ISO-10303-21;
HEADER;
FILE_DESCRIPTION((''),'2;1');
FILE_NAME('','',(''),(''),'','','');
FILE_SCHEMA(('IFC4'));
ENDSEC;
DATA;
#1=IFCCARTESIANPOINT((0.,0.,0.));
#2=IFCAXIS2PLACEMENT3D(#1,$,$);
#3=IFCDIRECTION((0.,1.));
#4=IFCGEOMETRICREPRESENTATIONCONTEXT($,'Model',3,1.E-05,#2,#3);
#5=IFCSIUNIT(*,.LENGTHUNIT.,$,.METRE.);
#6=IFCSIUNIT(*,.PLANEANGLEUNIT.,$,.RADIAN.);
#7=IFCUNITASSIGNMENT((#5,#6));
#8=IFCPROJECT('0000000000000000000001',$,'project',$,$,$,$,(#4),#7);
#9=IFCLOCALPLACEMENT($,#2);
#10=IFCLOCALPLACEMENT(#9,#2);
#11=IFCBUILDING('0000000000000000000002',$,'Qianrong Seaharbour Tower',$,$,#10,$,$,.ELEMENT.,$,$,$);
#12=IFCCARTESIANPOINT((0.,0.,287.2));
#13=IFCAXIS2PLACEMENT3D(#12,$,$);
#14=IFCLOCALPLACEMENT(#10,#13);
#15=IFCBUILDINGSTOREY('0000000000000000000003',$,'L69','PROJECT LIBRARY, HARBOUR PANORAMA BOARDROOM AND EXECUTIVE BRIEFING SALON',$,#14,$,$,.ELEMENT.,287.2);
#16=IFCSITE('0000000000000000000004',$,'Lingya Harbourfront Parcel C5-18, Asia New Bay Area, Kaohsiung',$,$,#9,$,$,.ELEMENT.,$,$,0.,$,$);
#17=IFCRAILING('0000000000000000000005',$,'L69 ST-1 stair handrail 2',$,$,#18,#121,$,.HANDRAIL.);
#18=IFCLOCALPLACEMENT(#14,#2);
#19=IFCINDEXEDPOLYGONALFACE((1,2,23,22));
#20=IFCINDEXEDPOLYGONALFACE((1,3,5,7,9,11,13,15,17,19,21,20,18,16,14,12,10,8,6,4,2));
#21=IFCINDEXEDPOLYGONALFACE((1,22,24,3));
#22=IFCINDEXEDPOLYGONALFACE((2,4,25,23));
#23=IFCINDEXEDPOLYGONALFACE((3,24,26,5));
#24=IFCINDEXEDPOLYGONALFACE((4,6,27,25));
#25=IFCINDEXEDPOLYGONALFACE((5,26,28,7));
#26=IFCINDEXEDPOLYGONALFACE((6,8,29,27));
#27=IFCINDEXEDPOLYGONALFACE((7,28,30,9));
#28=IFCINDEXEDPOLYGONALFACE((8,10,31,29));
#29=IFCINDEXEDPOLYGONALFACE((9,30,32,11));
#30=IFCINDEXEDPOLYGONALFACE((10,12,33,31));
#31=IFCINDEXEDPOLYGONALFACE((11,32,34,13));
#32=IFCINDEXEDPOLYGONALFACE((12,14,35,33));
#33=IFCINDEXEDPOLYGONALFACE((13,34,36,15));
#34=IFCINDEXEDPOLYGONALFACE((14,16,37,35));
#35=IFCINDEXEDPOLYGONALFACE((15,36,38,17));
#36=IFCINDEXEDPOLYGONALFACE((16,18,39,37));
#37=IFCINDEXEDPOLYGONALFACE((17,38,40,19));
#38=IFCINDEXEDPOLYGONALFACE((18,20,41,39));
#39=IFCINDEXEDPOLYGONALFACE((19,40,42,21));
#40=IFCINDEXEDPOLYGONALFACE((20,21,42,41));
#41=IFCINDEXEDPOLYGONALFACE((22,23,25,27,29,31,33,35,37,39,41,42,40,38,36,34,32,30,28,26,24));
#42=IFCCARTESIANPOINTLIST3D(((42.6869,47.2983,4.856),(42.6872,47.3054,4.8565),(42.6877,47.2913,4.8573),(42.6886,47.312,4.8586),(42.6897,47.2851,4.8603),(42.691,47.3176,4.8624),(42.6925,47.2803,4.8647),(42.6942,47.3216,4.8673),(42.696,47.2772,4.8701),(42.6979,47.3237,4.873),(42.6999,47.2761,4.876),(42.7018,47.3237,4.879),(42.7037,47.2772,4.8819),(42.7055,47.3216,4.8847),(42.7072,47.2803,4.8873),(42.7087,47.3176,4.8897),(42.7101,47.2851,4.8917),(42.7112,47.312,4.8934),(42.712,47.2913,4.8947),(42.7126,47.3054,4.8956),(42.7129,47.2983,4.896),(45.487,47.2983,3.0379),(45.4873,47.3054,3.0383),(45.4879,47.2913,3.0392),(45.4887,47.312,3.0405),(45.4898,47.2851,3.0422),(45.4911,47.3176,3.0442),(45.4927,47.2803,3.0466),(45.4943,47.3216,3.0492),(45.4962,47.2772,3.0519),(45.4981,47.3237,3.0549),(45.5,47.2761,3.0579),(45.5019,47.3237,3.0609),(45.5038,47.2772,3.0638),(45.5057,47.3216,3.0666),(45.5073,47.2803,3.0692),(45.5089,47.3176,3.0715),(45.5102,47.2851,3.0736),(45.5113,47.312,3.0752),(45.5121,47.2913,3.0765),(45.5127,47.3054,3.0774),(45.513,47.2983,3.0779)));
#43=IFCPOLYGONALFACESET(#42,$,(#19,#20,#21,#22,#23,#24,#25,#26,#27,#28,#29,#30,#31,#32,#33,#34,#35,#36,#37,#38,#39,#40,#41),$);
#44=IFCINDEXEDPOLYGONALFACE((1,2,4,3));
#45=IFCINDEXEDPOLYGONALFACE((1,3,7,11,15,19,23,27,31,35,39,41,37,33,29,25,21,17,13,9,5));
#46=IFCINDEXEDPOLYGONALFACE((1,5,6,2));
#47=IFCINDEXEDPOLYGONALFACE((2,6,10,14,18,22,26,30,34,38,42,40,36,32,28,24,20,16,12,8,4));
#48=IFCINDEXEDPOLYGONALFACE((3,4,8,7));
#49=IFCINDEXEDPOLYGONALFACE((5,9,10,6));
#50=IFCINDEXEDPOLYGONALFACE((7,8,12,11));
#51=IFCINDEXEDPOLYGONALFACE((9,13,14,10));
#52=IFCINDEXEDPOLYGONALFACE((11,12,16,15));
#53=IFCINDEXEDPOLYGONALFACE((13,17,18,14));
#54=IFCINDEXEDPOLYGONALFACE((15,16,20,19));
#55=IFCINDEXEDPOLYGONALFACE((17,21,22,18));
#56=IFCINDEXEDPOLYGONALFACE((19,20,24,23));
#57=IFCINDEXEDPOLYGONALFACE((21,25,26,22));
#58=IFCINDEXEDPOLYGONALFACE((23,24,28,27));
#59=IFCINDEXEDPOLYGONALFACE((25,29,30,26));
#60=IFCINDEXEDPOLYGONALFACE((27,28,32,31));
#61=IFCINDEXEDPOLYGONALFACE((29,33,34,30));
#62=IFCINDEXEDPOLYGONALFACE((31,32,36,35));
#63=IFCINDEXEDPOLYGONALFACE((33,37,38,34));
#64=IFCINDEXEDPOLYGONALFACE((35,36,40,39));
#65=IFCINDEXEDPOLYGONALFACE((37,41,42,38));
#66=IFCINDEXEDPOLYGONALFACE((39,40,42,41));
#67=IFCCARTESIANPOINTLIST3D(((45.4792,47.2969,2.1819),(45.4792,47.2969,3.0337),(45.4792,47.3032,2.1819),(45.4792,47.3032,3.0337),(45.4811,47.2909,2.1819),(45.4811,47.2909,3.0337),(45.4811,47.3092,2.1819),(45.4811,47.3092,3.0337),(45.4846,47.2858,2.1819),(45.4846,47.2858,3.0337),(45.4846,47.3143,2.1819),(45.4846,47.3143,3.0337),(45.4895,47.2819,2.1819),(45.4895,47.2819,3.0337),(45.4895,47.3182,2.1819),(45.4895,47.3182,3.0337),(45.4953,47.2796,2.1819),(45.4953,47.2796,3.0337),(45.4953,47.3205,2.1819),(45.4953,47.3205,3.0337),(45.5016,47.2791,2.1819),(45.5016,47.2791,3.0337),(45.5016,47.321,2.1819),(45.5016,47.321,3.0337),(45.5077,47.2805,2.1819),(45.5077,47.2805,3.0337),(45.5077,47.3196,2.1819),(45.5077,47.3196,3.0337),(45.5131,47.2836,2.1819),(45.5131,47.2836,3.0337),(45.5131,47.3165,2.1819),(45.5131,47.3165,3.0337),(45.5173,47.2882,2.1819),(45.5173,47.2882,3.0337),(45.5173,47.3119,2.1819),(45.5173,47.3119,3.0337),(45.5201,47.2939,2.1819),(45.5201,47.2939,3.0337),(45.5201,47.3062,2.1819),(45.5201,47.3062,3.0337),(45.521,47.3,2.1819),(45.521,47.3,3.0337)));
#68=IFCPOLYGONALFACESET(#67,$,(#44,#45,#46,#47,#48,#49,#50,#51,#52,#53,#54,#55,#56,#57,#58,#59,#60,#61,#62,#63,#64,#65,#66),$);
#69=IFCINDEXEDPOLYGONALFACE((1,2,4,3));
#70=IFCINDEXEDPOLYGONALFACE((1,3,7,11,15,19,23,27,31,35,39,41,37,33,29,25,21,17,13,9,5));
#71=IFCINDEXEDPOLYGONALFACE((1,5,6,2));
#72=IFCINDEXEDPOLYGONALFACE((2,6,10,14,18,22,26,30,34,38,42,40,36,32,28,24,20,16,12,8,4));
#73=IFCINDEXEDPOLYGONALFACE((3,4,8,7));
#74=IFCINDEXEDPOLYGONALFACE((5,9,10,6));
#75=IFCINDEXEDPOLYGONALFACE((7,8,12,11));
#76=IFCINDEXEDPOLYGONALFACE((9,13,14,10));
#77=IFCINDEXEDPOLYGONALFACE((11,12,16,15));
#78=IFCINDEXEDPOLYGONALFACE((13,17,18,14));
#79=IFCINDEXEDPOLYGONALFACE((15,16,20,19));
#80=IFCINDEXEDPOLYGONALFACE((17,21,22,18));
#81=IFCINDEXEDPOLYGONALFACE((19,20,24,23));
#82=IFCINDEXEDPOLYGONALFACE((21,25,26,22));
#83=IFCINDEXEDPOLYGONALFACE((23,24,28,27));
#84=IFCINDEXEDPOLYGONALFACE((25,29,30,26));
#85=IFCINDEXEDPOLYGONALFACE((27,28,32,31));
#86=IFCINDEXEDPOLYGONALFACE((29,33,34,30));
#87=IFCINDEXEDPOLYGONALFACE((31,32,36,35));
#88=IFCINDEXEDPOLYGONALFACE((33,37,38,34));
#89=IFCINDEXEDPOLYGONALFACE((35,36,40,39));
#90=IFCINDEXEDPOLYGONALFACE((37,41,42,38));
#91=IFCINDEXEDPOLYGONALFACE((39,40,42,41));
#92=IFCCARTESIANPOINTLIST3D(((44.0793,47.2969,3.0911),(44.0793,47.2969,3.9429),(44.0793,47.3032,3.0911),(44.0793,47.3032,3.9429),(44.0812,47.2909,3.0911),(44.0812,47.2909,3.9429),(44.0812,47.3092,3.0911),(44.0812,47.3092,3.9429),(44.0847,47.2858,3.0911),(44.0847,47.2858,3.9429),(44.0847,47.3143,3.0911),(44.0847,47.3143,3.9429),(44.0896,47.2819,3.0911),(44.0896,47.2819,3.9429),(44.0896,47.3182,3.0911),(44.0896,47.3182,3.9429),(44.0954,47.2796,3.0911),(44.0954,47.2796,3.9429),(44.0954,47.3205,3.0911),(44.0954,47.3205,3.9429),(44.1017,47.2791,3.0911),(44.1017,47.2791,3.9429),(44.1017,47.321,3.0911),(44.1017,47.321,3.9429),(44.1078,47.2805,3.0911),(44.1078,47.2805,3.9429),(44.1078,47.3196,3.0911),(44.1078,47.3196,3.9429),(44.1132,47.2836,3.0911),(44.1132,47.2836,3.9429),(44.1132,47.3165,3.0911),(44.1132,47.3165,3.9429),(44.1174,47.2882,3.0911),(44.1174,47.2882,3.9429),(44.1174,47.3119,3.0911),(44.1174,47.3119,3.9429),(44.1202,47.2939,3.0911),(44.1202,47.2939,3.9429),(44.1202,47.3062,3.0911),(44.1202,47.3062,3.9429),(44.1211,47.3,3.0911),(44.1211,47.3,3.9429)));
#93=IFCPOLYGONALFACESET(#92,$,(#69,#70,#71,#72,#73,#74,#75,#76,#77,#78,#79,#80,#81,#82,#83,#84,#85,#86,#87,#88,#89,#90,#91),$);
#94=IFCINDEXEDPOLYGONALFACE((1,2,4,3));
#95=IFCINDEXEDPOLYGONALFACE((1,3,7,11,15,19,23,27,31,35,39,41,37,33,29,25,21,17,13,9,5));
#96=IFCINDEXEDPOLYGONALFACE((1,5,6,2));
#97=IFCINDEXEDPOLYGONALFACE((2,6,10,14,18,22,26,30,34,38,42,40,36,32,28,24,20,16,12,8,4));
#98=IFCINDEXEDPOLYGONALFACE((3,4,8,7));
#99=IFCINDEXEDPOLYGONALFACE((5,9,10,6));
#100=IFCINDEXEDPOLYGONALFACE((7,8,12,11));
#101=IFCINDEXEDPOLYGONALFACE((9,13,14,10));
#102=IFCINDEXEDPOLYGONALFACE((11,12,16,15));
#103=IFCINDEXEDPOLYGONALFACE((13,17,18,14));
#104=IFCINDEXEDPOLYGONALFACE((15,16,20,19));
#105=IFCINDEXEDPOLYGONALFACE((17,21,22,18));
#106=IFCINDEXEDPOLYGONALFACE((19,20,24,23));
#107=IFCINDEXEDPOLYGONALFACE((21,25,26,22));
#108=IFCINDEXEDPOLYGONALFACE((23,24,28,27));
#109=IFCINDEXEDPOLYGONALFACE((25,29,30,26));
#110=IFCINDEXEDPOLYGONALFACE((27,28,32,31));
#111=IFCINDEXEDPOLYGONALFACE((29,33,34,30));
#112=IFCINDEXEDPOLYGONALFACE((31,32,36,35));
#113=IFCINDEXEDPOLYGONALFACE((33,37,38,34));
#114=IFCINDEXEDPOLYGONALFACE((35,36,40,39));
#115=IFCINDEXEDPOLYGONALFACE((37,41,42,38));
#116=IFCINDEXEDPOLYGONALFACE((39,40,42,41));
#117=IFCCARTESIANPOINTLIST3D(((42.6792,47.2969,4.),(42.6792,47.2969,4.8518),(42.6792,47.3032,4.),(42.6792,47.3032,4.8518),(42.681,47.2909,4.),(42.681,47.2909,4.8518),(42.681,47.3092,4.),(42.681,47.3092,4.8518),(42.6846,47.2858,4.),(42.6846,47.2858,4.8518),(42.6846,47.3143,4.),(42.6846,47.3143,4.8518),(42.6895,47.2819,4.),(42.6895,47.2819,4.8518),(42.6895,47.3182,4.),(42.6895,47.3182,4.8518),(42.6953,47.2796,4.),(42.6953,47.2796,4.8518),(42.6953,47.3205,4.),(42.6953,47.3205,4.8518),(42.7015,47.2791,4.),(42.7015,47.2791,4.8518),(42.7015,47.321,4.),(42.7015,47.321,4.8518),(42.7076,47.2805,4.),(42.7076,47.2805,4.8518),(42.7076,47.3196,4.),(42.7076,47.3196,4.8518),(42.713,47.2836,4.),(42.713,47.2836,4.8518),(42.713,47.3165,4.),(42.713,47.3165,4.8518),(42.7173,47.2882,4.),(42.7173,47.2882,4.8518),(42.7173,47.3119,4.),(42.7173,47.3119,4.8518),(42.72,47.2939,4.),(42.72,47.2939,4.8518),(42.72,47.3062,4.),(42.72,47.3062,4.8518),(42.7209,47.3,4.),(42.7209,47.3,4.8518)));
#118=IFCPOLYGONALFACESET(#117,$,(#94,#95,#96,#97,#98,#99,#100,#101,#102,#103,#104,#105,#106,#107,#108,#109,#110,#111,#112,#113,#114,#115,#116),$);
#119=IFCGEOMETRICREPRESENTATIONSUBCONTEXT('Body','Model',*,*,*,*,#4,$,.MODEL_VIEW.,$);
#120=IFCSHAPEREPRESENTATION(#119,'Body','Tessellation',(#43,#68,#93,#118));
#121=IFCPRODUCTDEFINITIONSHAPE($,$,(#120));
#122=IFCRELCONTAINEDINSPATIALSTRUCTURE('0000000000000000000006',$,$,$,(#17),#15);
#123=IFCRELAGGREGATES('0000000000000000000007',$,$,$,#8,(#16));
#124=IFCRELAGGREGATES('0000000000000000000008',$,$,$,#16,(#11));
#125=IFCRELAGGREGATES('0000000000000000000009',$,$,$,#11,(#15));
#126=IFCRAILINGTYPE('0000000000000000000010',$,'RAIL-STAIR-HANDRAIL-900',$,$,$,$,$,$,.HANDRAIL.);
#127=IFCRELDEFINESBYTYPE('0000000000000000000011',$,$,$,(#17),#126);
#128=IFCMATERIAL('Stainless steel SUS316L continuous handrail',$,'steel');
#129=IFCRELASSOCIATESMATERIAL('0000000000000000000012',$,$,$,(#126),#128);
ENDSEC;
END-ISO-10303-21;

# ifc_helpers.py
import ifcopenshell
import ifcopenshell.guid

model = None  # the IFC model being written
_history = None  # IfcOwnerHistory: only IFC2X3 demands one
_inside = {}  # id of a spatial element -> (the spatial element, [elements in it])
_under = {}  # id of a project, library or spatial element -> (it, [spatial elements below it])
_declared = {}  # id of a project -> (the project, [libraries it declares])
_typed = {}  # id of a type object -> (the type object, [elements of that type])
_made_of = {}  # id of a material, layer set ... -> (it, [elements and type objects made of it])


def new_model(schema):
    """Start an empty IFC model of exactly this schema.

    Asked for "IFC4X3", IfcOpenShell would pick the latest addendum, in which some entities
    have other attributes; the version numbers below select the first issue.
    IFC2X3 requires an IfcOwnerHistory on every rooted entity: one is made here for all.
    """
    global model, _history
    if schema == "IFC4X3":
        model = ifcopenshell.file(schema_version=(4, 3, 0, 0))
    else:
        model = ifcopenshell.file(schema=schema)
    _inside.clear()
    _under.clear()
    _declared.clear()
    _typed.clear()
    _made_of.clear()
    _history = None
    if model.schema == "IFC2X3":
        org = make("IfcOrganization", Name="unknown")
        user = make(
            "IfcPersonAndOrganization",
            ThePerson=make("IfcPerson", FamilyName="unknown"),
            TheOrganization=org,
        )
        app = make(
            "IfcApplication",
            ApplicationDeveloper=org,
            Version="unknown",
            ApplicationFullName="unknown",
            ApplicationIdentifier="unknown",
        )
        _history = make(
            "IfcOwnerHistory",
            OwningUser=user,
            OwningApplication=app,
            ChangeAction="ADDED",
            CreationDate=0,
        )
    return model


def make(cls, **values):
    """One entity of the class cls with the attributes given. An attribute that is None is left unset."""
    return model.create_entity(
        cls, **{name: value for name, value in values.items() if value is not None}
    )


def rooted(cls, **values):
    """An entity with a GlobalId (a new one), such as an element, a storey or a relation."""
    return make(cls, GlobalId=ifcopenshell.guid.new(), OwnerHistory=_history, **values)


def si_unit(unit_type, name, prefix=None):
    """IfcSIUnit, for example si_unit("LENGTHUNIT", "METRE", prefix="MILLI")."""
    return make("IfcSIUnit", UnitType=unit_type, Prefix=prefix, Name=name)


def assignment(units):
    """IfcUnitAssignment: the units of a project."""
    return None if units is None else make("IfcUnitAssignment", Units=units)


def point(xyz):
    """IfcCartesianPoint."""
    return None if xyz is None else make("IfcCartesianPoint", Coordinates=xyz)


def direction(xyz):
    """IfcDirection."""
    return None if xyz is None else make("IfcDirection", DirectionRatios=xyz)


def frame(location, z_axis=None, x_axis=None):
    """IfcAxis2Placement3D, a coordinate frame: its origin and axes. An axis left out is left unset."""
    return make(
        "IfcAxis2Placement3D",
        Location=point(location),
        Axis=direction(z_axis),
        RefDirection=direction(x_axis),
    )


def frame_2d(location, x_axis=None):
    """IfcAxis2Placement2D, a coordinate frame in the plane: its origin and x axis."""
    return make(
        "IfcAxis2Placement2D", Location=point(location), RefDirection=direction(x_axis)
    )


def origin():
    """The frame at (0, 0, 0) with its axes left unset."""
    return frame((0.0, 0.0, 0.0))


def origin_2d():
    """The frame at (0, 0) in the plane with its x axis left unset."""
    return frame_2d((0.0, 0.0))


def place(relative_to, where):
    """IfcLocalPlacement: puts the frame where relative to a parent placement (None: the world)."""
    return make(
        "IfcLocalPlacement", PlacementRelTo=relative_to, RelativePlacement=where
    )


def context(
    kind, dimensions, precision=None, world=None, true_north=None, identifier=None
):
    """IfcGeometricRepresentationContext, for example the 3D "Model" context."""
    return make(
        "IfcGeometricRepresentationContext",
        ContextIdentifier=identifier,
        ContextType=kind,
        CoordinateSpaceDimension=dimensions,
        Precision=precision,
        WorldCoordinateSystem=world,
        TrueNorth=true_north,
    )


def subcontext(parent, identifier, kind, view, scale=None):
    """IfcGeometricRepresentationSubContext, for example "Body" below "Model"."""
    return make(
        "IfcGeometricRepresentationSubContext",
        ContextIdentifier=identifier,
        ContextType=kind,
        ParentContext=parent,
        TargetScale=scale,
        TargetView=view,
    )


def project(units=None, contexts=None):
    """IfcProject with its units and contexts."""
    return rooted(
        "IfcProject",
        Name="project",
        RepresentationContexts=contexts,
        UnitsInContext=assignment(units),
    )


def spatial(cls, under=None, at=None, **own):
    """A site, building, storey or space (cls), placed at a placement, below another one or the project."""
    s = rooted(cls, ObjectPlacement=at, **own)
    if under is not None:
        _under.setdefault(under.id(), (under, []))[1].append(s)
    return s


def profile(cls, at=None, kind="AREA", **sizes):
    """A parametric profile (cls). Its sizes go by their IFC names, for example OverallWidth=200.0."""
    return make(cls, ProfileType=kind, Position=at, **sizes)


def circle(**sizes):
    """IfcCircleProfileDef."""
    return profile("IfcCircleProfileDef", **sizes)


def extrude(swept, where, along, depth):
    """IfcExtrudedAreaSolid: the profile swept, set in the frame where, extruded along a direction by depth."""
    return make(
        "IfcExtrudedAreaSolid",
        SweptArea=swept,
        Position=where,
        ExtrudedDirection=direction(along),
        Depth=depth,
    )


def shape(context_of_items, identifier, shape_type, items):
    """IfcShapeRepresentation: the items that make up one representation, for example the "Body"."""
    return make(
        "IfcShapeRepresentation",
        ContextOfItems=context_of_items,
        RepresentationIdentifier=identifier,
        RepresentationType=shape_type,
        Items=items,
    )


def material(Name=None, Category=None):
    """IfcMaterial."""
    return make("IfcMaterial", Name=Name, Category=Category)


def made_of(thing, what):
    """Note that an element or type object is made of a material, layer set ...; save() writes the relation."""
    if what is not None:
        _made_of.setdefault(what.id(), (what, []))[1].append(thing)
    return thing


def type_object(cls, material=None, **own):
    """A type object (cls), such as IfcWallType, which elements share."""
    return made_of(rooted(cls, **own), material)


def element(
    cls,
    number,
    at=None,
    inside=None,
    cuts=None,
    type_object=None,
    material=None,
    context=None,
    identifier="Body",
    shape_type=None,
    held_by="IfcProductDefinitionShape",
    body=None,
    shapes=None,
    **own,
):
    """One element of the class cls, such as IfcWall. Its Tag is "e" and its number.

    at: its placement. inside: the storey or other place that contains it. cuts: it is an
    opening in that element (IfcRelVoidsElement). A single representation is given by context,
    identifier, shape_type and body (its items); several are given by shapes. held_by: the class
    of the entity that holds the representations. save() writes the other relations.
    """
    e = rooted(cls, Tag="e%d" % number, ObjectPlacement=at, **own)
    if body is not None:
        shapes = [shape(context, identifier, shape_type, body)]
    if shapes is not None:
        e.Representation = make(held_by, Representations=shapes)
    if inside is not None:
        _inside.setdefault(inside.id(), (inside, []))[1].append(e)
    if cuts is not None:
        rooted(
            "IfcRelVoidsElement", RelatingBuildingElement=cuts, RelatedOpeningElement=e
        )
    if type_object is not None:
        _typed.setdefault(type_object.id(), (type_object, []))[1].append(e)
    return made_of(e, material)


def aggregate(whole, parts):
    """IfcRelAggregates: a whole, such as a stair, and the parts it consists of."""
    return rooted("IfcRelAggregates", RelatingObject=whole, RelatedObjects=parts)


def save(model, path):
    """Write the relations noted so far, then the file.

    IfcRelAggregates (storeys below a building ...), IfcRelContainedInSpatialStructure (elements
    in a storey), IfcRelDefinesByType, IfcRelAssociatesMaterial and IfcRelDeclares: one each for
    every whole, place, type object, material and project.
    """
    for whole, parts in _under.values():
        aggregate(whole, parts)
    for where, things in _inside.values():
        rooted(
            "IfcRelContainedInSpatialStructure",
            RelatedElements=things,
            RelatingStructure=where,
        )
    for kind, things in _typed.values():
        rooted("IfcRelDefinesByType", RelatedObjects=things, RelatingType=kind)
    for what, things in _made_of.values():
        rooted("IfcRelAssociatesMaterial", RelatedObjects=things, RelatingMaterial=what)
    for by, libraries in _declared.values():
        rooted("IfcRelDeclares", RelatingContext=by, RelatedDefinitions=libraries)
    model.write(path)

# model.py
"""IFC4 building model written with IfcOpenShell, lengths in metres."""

from ifc_helpers import new_model, si_unit, direction, frame, origin, origin_2d, place, context, subcontext, project, spatial, circle, extrude, material, type_object, element, save


model = new_model("IFC4")

# Units and contexts
model_context = context("Model", 3, precision=1e-05, world=origin(), true_north=direction((0.0, 1.0)))
body_context = subcontext(model_context, "Body", "Model", "MODEL_VIEW")
ifc_project = project(units=[si_unit("LENGTHUNIT", "METRE"), si_unit("PLANEANGLEUNIT", "RADIAN")], contexts=[model_context])

# Site, building, storey
site_placement = place(None, origin())
site = spatial("IfcSite", under=ifc_project, at=site_placement, Name="Lingya Harbourfront Parcel C5-18, Asia New Bay Area, Kaohsiung", CompositionType="ELEMENT", RefElevation=0.0)
building_placement = place(site_placement, origin())
building = spatial("IfcBuilding", under=site, at=building_placement, Name="Qianrong Seaharbour Tower", CompositionType="ELEMENT")
storey_placement = place(building_placement, frame((0.0, 0.0, 287.2)))
storey = spatial("IfcBuildingStorey", under=building, at=storey_placement, Name="L69", Description="PROJECT LIBRARY, HARBOUR PANORAMA BOARDROOM AND EXECUTIVE BRIEFING SALON", CompositionType="ELEMENT", Elevation=287.2)

# Railing
ifc_material_1 = material(Name="Stainless steel SUS316L continuous handrail", Category="steel")
railing_type_1 = type_object("IfcRailingType", Name="RAIL-STAIR-HANDRAIL-900", PredefinedType="HANDRAIL", material=ifc_material_1)
railing_1_placement = place(storey_placement, frame((45.5, 47.3, 2.1819)))
element("IfcRailing", 1, at=railing_1_placement, inside=storey, type_object=railing_type_1, Name="L69 ST-1 stair handrail 2", PredefinedType="HANDRAIL", context=body_context, shape_type="SweptSolid", body=[
    extrude(circle(Radius=0.0239, at=origin_2d()), frame((0.0, 0.0, 0.876), z_axis=(-0.838706, 0.0, 0.544585), x_axis=(0.0, -1.0, 0.0)), (0.0, 0.0, 1.0), 3.3386),
    extrude(circle(Radius=0.021, at=origin_2d()), origin(), (0.0, 0.0, 1.0), 0.8518),
    extrude(circle(Radius=0.021, at=origin_2d()), frame((-1.3999, 0.0, 0.9092)), (0.0, 0.0, 1.0), 0.8518),
    extrude(circle(Radius=0.021, at=origin_2d()), frame((-2.8, 0.0, 1.8181)), (0.0, 0.0, 1.0), 0.8518),
])

save(model, "model.ifc")
